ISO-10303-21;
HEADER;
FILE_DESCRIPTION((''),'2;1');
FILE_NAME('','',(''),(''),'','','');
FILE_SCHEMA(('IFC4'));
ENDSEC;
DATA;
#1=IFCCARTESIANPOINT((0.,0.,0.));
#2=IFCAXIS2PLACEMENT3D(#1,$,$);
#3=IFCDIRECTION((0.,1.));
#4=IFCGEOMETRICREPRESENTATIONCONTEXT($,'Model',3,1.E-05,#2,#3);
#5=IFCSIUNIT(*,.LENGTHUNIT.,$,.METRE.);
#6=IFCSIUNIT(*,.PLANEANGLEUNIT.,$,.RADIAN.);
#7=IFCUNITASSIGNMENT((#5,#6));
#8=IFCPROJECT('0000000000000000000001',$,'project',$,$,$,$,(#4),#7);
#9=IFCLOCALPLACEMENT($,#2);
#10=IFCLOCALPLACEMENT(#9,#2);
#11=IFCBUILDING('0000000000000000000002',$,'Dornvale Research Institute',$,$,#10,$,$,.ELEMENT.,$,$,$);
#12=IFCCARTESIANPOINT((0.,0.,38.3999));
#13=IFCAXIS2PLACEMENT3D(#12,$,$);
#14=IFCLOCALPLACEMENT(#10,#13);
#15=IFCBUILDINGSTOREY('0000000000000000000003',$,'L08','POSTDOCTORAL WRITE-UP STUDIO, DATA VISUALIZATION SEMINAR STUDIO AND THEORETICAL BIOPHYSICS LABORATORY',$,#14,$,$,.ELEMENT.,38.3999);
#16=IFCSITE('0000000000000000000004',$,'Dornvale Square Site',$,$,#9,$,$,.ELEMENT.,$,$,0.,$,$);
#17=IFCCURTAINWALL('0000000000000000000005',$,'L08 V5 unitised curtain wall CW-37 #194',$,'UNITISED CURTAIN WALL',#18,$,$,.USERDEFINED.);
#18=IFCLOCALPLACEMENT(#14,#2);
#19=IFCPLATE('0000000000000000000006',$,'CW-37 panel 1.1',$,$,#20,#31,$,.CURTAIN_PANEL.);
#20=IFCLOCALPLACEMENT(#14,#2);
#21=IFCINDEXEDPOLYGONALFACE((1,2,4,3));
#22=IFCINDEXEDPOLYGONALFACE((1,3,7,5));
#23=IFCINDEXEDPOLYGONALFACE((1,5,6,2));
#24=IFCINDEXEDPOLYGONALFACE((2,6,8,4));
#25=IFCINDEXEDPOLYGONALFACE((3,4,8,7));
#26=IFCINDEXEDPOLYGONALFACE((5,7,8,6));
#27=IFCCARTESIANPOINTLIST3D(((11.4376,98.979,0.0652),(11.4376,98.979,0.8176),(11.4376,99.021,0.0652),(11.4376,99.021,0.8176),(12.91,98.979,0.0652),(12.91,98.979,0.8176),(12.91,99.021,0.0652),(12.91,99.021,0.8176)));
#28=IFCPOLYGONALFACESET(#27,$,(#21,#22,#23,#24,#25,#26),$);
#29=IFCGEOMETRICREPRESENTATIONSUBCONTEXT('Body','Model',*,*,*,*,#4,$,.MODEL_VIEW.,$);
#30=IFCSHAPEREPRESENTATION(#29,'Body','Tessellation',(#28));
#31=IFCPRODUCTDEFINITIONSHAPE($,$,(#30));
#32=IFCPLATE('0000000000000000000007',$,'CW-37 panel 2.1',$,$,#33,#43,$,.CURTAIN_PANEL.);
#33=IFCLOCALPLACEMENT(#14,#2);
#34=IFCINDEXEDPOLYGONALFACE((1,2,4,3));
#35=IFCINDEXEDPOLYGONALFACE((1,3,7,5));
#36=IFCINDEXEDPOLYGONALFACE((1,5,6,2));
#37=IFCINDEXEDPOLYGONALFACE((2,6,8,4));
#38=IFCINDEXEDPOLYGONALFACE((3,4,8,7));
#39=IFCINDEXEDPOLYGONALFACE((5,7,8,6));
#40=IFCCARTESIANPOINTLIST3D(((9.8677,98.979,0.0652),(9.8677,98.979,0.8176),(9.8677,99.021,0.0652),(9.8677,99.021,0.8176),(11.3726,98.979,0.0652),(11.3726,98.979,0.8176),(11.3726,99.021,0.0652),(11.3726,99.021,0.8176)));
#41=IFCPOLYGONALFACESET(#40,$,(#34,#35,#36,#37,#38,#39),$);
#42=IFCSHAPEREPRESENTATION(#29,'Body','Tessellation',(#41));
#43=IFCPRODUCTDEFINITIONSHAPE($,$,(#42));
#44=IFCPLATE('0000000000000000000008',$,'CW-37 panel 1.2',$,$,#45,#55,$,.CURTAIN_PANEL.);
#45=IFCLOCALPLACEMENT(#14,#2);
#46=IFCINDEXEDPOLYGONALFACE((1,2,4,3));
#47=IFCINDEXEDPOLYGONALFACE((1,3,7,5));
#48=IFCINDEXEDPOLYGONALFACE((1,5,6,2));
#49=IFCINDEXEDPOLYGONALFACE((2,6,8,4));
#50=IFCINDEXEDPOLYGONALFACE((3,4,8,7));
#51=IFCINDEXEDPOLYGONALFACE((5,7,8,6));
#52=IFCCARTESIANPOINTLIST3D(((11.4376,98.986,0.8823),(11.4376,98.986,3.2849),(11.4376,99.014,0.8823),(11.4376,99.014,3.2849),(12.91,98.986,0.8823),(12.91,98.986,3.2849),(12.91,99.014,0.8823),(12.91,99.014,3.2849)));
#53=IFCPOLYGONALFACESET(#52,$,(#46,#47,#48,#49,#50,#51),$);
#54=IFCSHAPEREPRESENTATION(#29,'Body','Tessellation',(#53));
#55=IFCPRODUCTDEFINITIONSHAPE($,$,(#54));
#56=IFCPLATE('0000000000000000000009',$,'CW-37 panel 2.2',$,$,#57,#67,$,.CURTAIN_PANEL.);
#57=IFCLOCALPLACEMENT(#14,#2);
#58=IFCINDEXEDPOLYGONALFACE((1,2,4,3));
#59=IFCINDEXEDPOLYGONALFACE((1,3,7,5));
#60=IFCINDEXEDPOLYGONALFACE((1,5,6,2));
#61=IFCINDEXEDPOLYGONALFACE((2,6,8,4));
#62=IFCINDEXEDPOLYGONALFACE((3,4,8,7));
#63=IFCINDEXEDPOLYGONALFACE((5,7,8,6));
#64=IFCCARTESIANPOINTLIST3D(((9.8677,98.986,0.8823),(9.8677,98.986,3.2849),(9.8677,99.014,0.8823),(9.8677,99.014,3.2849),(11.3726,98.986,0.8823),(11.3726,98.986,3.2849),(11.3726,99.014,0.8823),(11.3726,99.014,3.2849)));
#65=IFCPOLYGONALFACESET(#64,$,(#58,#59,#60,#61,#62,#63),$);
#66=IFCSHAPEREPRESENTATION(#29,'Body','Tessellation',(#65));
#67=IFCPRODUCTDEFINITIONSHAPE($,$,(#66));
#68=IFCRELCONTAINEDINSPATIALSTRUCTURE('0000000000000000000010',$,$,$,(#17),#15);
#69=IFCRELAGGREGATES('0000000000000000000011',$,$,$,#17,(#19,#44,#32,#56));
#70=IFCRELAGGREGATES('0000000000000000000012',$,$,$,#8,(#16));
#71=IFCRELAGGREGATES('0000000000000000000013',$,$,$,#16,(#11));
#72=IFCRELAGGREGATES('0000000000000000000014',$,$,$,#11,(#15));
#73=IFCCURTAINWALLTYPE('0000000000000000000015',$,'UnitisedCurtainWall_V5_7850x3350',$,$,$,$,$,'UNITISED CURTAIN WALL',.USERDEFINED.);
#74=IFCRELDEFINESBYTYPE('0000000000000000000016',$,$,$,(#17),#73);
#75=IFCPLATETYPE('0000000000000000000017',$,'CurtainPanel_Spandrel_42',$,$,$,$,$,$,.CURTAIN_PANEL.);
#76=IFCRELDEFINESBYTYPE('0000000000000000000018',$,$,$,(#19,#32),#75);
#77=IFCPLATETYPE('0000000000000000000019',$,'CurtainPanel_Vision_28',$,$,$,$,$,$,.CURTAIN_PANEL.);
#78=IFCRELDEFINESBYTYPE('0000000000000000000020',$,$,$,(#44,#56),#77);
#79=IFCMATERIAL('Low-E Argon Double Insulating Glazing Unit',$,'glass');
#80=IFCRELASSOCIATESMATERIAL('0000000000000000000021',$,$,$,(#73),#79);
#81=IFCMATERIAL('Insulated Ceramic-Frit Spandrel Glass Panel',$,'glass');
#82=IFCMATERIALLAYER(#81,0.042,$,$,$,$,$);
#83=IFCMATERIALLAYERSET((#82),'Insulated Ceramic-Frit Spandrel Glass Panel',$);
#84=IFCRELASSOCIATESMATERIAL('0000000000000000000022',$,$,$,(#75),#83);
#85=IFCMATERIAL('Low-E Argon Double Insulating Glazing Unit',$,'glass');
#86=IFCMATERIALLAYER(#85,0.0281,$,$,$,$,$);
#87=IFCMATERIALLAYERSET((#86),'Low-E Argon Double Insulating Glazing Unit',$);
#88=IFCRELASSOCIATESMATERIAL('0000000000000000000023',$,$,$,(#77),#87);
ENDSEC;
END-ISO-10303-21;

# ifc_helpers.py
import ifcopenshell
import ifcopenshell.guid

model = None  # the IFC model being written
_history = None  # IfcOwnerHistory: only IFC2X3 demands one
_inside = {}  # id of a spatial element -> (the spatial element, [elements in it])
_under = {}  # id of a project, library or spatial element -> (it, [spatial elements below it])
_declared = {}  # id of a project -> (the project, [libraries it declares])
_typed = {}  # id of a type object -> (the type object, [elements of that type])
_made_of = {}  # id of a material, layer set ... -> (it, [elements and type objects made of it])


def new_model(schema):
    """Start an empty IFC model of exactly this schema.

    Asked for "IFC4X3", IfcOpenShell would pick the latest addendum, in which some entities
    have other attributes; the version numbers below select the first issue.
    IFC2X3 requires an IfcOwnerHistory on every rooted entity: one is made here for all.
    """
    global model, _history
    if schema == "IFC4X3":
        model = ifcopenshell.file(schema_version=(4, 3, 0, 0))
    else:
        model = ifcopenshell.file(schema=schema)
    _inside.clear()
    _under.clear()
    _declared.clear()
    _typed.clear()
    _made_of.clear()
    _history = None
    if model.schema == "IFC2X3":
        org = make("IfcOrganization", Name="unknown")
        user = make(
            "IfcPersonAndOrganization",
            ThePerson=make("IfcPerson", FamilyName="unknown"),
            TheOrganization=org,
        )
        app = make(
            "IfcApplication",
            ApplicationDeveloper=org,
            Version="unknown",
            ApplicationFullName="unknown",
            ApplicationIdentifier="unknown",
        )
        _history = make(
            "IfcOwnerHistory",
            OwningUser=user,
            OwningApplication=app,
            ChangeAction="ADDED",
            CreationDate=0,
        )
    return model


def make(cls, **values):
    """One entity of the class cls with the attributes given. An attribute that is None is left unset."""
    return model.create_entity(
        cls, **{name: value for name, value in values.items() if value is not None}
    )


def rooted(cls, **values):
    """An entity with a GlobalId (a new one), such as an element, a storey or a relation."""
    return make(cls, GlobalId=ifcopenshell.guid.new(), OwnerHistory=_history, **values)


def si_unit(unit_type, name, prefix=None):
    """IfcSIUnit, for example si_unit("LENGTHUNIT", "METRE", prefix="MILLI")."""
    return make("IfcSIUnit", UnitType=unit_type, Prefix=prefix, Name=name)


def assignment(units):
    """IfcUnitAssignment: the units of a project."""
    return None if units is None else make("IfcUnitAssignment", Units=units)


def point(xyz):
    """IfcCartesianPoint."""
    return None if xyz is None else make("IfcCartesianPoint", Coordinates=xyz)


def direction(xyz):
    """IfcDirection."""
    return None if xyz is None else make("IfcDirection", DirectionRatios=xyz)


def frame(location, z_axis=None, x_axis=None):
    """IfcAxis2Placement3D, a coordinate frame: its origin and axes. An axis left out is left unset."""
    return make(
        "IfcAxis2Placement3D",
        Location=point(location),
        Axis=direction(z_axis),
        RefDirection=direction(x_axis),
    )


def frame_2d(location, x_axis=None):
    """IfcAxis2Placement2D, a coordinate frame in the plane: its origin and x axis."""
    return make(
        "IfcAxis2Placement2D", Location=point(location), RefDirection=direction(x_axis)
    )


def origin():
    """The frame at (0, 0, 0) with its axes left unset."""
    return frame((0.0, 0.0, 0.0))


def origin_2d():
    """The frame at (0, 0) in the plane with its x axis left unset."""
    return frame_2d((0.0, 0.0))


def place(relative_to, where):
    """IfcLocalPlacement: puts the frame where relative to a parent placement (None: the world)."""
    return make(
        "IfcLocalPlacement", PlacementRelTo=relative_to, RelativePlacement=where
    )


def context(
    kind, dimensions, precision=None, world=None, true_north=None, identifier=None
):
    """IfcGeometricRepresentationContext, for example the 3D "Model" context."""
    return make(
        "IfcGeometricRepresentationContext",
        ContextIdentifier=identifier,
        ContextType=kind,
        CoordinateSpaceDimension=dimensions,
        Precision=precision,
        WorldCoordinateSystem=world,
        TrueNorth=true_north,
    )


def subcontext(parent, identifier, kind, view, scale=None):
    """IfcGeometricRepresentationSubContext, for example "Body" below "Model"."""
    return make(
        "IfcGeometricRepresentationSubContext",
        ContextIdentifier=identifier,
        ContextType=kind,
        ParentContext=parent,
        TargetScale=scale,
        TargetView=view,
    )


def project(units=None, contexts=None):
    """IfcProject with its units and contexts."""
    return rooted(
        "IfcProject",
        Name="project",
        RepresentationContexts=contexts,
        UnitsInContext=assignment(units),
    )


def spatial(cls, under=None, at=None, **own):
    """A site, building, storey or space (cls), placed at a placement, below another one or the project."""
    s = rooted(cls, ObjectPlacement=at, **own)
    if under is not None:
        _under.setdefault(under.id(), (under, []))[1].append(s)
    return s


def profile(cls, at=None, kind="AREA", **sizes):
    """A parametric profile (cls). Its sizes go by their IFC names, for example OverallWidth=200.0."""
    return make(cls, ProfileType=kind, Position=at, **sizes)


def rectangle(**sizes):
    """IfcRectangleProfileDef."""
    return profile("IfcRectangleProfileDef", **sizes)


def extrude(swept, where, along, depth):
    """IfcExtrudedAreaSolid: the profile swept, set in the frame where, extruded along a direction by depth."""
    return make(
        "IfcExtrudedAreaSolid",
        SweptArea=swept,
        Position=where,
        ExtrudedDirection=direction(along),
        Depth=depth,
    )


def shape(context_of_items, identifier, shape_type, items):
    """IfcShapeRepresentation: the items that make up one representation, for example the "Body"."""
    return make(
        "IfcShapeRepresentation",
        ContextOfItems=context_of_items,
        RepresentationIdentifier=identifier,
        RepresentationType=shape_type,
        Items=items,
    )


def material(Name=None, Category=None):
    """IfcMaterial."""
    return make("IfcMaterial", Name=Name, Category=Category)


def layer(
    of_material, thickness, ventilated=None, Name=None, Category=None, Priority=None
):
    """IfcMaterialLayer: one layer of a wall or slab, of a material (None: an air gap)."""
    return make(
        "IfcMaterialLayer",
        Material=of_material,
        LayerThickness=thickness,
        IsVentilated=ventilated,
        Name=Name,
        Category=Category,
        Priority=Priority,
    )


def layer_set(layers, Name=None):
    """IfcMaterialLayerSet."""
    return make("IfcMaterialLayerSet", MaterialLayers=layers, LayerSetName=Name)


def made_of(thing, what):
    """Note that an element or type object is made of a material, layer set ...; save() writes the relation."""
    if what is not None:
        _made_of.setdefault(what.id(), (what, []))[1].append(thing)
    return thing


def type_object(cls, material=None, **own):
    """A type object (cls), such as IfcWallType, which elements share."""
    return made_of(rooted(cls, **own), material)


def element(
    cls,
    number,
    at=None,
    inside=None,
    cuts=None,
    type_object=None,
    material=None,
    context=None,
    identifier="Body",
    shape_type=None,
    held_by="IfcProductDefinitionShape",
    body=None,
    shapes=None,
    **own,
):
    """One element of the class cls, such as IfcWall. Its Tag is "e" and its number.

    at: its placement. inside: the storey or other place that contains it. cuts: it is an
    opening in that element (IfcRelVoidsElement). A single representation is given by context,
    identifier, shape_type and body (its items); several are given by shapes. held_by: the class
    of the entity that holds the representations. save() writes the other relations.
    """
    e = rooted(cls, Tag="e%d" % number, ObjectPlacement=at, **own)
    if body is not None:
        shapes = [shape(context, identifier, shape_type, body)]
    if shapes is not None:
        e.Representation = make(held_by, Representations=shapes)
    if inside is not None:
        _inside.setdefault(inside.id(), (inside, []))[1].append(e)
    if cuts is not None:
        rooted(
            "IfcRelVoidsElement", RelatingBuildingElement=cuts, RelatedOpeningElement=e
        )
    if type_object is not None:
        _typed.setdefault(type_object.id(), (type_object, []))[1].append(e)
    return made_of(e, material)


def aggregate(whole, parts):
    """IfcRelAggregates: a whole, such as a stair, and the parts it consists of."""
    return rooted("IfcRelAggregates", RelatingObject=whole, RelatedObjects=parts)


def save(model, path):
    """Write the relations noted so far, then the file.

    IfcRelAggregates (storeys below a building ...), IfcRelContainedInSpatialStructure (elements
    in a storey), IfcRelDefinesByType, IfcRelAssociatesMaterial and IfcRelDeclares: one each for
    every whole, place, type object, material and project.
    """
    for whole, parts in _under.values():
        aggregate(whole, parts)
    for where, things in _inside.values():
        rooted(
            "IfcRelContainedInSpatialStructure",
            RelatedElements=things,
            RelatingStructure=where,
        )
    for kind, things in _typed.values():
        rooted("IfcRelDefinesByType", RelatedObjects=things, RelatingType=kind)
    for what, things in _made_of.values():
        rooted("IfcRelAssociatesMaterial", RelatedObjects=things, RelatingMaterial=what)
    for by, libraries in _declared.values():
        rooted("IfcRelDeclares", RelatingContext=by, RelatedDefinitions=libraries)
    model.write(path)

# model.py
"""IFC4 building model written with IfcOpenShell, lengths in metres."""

from ifc_helpers import new_model, si_unit, direction, frame, origin, origin_2d, place, context, subcontext, project, spatial, rectangle, extrude, material, layer, layer_set, type_object, element, aggregate, save


model = new_model("IFC4")

# Units and contexts
model_context = context("Model", 3, precision=1e-05, world=origin(), true_north=direction((0.0, 1.0)))
body_context = subcontext(model_context, "Body", "Model", "MODEL_VIEW")
ifc_project = project(units=[si_unit("LENGTHUNIT", "METRE"), si_unit("PLANEANGLEUNIT", "RADIAN")], contexts=[model_context])

# Site, building, storey
site_placement = place(None, origin())
site = spatial("IfcSite", under=ifc_project, at=site_placement, Name="Dornvale Square Site", CompositionType="ELEMENT", RefElevation=0.0)
building_placement = place(site_placement, origin())
building = spatial("IfcBuilding", under=site, at=building_placement, Name="Dornvale Research Institute", CompositionType="ELEMENT")
storey_placement = place(building_placement, frame((0.0, 0.0, 38.3999)))
storey = spatial("IfcBuildingStorey", under=building, at=storey_placement, Name="L08", Description="POSTDOCTORAL WRITE-UP STUDIO, DATA VISUALIZATION SEMINAR STUDIO AND THEORETICAL BIOPHYSICS LABORATORY", CompositionType="ELEMENT", Elevation=38.3999)

# Curtain wall, plates
ifc_material_1 = material(Name="Low-E Argon Double Insulating Glazing Unit", Category="glass")
curtain_wall_type = type_object("IfcCurtainWallType", Name="UnitisedCurtainWall_V5_7850x3350", ElementType="UNITISED CURTAIN WALL", PredefinedType="USERDEFINED", material=ifc_material_1)
curtain_wall_placement = place(storey_placement, origin())
curtain_wall = element("IfcCurtainWall", 1, at=curtain_wall_placement, inside=storey, type_object=curtain_wall_type, Name="L08 V5 unitised curtain wall CW-37 #194", ObjectType="UNITISED CURTAIN WALL", PredefinedType="USERDEFINED")
ifc_material_2 = material(Name="Insulated Ceramic-Frit Spandrel Glass Panel", Category="glass")
ifc_layer_1 = layer(ifc_material_2, 0.042)
ifc_layer_set_1 = layer_set([ifc_layer_1], Name="Insulated Ceramic-Frit Spandrel Glass Panel")
plate_type_1 = type_object("IfcPlateType", Name="CurtainPanel_Spandrel_42", PredefinedType="CURTAIN_PANEL", material=ifc_layer_set_1)
plate_1_placement = place(storey_placement, frame((12.1738, 99.0, 0.0652), z_axis=(0.0, 0.0, 1.0), x_axis=(-1.0, 0.0, 0.0)))
plate_1 = element("IfcPlate", 2, at=plate_1_placement, type_object=plate_type_1, Name="CW-37 panel 1.1", PredefinedType="CURTAIN_PANEL", context=body_context, shape_type="SweptSolid", body=[
    extrude(rectangle(XDim=1.4724, YDim=0.042, at=origin_2d()), origin(), (0.0, 0.0, 1.0), 0.7524),
])
plate_2_placement = place(storey_placement, frame((10.6201, 99.0, 0.0652), z_axis=(0.0, 0.0, 1.0), x_axis=(-1.0, 0.0, 0.0)))
plate_2 = element("IfcPlate", 3, at=plate_2_placement, type_object=plate_type_1, Name="CW-37 panel 2.1", PredefinedType="CURTAIN_PANEL", context=body_context, shape_type="SweptSolid", body=[
    extrude(rectangle(XDim=1.5049, YDim=0.042, at=origin_2d()), origin(), (0.0, 0.0, 1.0), 0.7524),
])
ifc_material_3 = material(Name="Low-E Argon Double Insulating Glazing Unit", Category="glass")
ifc_layer_2 = layer(ifc_material_3, 0.0281)
ifc_layer_set_2 = layer_set([ifc_layer_2], Name="Low-E Argon Double Insulating Glazing Unit")
plate_type_2 = type_object("IfcPlateType", Name="CurtainPanel_Vision_28", PredefinedType="CURTAIN_PANEL", material=ifc_layer_set_2)
plate_3_placement = place(storey_placement, frame((12.1738, 99.0, 0.8823), z_axis=(0.0, 0.0, 1.0), x_axis=(-1.0, 0.0, 0.0)))
plate_3 = element("IfcPlate", 4, at=plate_3_placement, type_object=plate_type_2, Name="CW-37 panel 1.2", PredefinedType="CURTAIN_PANEL", context=body_context, shape_type="SweptSolid", body=[
    extrude(rectangle(XDim=1.4724, YDim=0.0281, at=origin_2d()), origin(), (0.0, 0.0, 1.0), 2.4026),
])
plate_4_placement = place(storey_placement, frame((10.6201, 99.0, 0.8823), z_axis=(0.0, 0.0, 1.0), x_axis=(-1.0, 0.0, 0.0)))
plate_4 = element("IfcPlate", 5, at=plate_4_placement, type_object=plate_type_2, Name="CW-37 panel 2.2", PredefinedType="CURTAIN_PANEL", context=body_context, shape_type="SweptSolid", body=[
    extrude(rectangle(XDim=1.5049, YDim=0.0281, at=origin_2d()), origin(), (0.0, 0.0, 1.0), 2.4026),
])
aggregate(curtain_wall, [plate_1, plate_3, plate_2, plate_4])

save(model, "model.ifc")
